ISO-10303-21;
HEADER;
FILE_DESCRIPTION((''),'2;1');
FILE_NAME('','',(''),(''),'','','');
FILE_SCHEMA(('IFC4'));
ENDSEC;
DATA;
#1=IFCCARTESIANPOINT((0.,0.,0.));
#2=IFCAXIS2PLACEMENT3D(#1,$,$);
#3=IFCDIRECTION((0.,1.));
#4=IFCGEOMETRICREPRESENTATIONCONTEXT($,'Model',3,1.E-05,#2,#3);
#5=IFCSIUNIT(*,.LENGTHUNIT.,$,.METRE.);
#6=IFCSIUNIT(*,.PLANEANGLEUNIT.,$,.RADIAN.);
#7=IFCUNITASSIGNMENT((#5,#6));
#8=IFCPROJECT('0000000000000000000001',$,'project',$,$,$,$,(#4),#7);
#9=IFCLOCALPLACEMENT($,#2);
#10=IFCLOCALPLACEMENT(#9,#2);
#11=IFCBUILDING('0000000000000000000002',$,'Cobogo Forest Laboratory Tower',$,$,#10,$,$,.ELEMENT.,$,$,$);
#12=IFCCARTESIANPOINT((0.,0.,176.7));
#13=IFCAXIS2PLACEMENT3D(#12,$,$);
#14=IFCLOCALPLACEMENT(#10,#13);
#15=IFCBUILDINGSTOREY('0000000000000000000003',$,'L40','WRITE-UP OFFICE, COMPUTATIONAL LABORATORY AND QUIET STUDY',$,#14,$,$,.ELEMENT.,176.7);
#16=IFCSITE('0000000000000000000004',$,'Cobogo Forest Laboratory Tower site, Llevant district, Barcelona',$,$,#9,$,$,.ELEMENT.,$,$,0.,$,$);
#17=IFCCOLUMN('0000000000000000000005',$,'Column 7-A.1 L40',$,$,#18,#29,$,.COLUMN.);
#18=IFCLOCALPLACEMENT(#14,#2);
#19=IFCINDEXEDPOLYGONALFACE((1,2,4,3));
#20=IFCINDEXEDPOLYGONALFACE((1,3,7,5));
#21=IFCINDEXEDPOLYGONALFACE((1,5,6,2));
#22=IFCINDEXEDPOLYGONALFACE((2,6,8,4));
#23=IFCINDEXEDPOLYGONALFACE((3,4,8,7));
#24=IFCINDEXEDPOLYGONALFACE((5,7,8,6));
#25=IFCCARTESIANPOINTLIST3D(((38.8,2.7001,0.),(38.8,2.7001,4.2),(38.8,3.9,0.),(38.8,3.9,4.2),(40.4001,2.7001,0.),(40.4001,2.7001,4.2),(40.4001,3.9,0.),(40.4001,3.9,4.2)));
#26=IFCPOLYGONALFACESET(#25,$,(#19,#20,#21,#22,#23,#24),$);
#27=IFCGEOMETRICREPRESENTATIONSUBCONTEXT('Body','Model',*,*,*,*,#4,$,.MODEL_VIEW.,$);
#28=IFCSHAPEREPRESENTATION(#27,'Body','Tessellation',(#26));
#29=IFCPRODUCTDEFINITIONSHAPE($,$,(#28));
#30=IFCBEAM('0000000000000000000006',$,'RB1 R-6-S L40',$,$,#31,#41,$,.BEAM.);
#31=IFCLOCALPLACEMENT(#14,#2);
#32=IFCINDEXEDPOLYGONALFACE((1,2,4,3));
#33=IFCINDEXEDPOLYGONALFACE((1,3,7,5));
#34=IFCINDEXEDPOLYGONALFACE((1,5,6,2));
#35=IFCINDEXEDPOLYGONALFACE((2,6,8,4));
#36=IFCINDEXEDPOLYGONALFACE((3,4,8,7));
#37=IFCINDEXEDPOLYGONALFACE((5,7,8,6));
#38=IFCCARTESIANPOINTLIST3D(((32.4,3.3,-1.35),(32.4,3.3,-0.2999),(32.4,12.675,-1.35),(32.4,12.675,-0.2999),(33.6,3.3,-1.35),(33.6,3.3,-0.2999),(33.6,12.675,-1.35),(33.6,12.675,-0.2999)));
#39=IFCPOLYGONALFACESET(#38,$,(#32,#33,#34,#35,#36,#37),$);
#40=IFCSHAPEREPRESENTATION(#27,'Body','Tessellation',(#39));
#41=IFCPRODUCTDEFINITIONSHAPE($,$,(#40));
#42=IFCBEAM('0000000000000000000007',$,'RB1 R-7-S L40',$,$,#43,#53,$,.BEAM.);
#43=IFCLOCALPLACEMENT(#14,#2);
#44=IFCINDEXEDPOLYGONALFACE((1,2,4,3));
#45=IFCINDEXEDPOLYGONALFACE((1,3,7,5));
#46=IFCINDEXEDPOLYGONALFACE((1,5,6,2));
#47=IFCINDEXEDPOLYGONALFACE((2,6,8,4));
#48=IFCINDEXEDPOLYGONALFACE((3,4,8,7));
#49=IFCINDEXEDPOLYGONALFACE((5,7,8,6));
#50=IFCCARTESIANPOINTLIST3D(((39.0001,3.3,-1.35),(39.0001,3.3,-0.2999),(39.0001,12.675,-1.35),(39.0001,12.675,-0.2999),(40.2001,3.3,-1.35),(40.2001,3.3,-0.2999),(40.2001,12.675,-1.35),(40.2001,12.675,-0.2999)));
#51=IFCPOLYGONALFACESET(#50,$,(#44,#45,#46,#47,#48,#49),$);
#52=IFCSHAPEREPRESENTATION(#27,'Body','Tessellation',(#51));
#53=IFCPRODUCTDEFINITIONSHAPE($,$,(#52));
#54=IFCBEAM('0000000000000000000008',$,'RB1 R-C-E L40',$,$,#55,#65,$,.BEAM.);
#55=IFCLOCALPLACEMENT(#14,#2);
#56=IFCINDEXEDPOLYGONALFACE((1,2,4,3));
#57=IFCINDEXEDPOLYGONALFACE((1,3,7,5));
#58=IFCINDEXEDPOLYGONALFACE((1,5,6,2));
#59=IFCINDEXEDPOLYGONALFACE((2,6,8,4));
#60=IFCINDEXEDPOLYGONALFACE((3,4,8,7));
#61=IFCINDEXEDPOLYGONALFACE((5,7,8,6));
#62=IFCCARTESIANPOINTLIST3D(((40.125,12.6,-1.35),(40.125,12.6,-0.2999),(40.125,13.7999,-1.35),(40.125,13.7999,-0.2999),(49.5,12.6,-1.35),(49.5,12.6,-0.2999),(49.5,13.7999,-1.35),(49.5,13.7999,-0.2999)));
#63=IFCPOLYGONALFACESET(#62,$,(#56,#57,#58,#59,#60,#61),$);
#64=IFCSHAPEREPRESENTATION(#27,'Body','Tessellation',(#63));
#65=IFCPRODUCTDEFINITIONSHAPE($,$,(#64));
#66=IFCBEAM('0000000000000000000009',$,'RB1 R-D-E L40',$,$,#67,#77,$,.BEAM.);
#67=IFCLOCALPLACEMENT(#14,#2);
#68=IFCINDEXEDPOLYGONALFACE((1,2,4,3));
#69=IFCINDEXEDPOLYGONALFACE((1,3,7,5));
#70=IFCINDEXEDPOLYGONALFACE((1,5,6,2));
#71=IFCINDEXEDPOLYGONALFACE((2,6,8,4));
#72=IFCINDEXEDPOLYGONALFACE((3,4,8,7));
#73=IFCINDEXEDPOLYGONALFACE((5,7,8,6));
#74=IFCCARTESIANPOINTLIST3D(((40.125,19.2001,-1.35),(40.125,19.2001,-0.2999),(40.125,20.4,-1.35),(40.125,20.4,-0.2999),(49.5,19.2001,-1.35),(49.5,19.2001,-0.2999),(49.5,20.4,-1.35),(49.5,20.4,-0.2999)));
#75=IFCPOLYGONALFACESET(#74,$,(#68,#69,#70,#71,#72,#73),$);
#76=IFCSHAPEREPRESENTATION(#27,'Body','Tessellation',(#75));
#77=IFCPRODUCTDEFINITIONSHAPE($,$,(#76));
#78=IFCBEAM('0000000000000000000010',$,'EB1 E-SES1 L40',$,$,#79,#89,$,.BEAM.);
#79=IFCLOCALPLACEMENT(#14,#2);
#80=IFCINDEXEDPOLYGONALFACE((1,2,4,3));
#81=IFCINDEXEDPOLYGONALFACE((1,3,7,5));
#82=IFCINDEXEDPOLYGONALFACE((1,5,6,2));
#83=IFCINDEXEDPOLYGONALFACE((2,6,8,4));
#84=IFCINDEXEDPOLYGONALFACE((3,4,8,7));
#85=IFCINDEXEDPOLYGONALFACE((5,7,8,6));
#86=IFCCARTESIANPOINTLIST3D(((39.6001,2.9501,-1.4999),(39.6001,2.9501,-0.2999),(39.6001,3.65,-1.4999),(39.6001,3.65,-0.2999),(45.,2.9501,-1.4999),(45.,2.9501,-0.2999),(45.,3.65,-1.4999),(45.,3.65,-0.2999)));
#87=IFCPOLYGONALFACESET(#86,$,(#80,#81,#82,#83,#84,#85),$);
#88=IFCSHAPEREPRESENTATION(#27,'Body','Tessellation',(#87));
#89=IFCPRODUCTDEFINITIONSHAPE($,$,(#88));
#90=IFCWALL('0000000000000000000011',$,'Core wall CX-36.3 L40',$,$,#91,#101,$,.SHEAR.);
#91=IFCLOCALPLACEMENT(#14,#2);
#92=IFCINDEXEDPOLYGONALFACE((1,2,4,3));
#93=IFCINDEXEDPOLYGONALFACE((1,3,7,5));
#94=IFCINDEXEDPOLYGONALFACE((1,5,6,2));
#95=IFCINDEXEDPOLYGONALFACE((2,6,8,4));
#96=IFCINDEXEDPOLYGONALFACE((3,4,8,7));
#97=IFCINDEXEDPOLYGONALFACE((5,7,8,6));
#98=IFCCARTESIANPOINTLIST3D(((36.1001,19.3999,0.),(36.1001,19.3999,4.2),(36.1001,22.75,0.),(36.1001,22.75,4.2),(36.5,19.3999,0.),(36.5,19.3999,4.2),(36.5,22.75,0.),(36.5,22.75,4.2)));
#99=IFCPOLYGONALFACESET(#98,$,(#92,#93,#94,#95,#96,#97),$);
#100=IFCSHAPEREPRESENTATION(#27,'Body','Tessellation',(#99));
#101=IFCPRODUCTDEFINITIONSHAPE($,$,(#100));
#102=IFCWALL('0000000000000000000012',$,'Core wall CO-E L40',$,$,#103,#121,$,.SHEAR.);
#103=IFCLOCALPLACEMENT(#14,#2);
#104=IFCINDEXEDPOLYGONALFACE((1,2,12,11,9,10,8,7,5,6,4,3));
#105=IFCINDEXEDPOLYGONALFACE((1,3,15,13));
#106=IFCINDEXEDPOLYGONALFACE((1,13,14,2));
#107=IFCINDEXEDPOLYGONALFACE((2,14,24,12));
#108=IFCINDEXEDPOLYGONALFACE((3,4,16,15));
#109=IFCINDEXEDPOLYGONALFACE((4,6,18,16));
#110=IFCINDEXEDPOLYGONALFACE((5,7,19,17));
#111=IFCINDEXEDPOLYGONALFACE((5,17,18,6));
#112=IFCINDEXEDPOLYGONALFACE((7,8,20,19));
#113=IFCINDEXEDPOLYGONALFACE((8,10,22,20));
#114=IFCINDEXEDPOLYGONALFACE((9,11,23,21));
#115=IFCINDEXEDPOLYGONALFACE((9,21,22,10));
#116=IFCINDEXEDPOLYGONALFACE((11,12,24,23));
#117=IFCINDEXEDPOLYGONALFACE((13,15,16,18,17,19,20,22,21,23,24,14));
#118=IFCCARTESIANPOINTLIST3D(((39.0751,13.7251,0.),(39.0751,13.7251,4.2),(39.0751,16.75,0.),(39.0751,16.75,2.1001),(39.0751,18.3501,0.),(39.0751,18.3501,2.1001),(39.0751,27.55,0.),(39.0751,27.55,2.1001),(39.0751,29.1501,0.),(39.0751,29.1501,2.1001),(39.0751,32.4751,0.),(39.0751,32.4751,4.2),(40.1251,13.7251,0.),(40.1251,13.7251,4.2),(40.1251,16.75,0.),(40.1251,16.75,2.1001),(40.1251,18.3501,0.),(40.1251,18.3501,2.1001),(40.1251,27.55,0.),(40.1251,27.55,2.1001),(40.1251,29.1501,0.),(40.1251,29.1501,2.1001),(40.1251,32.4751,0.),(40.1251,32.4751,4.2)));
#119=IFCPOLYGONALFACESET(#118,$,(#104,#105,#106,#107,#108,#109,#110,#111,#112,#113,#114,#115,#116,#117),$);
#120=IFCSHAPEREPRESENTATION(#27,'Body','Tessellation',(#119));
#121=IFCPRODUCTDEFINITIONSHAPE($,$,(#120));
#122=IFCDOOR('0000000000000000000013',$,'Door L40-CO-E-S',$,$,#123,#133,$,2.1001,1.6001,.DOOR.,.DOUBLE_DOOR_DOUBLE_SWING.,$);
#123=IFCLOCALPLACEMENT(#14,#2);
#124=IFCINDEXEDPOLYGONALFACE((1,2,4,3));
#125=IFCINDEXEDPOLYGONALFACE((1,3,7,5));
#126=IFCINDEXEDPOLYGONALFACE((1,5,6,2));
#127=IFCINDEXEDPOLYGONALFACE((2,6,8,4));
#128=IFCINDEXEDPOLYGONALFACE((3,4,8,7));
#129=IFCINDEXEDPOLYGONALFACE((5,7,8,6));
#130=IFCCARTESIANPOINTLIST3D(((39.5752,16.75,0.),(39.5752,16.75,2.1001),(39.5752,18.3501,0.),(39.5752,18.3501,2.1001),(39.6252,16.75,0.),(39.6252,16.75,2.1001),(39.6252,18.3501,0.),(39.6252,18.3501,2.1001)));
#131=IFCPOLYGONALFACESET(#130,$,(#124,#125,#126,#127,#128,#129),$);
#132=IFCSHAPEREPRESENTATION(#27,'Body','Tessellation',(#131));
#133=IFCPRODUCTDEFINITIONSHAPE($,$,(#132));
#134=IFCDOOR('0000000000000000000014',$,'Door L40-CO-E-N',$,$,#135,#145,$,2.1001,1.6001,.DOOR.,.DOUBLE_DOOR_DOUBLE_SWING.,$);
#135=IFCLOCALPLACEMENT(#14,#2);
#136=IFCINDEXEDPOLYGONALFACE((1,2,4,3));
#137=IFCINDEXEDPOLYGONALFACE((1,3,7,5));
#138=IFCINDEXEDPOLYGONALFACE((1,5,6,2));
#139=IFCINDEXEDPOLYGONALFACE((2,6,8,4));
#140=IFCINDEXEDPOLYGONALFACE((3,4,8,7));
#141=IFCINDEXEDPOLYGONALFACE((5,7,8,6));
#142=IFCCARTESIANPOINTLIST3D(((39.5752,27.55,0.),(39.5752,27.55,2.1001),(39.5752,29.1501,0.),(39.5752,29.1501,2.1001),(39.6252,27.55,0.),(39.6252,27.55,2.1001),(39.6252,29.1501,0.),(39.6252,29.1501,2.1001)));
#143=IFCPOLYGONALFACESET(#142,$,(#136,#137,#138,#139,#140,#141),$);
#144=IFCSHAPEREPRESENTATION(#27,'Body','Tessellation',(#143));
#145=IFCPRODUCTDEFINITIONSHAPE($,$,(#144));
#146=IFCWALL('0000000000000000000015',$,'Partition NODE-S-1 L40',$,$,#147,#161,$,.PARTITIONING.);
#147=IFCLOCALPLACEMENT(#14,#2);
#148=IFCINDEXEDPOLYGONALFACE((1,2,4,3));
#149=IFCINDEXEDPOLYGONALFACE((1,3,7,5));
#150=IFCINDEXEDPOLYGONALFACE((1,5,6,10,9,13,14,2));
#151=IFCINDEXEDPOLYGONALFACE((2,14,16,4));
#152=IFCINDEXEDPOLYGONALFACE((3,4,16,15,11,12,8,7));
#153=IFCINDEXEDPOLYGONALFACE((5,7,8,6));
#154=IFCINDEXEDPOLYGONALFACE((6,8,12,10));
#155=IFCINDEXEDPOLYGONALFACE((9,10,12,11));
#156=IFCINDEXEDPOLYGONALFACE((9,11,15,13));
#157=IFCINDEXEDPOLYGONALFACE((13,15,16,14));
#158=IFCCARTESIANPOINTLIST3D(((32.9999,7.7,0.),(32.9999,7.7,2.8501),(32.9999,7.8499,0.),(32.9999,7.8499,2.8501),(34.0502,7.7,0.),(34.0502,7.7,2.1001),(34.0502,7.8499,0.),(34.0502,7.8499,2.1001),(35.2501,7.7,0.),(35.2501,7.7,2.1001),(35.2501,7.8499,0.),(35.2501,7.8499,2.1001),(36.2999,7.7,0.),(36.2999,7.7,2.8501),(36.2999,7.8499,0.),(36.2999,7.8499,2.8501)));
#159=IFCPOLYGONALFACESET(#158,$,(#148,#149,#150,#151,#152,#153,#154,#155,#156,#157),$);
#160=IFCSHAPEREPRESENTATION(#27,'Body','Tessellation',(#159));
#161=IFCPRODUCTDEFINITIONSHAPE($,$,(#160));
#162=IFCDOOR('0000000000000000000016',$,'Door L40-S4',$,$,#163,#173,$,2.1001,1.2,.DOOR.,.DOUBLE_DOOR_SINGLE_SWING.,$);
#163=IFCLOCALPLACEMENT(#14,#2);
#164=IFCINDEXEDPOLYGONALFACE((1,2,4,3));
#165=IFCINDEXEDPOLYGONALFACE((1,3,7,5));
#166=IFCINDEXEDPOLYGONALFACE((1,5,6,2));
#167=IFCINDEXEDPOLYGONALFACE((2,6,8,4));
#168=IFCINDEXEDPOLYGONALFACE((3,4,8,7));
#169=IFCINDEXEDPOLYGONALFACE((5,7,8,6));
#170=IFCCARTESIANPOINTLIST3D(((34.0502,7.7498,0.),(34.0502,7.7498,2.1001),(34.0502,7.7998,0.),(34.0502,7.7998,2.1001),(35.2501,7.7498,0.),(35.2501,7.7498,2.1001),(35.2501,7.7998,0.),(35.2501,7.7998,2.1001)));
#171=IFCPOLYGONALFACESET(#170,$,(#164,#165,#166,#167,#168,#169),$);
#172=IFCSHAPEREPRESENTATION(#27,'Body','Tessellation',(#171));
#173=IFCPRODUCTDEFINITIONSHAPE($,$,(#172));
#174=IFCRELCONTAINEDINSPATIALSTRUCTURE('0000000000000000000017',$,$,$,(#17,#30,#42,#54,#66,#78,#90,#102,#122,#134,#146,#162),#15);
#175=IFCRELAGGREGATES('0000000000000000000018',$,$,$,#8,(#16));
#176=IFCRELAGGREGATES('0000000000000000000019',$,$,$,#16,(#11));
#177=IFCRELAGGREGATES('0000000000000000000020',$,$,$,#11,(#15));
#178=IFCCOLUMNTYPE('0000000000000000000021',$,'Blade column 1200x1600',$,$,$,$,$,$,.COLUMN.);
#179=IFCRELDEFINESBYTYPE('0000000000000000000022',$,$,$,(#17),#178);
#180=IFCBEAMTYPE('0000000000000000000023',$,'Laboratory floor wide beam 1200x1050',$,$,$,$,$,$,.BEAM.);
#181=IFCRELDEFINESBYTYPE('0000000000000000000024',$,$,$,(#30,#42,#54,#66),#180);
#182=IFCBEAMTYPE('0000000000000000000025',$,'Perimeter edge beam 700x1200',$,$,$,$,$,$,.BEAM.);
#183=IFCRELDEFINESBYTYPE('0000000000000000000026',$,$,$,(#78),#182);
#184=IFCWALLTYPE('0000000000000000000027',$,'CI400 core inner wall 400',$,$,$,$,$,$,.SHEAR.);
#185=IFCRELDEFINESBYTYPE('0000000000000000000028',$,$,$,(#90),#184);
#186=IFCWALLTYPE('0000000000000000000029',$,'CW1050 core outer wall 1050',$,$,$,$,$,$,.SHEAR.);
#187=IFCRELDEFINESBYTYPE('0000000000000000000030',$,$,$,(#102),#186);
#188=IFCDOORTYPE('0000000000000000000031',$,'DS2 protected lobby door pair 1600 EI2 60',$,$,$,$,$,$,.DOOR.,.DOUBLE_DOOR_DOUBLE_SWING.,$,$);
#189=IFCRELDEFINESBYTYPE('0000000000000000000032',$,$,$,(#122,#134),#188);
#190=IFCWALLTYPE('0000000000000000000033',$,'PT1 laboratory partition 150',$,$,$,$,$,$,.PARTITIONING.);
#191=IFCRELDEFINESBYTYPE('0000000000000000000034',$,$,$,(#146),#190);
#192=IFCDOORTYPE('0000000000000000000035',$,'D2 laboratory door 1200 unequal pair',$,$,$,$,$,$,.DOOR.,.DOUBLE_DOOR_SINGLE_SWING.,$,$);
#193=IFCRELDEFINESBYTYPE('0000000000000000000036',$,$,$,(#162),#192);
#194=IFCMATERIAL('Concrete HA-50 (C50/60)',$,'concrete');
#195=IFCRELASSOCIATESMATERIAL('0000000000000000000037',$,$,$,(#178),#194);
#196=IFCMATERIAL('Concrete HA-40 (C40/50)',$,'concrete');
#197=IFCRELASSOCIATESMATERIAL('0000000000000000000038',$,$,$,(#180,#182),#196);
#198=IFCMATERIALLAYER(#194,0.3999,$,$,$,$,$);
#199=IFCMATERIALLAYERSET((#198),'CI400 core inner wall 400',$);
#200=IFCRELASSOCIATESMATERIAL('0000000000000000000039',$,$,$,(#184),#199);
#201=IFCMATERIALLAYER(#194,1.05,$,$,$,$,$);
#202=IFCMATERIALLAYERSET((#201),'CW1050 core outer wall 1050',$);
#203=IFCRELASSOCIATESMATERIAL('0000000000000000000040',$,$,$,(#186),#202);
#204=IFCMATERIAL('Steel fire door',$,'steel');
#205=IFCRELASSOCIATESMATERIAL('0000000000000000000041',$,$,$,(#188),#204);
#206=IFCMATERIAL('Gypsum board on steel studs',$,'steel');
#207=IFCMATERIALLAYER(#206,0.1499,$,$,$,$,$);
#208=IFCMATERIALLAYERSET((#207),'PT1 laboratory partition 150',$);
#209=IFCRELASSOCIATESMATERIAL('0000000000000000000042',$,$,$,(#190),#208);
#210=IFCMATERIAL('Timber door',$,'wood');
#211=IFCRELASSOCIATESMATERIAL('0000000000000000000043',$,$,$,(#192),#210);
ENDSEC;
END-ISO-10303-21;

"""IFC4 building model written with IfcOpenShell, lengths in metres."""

from ifc_helpers import new_model, si_unit, direction, frame, frame_2d, origin, origin_2d, place, context, subcontext, project, spatial, rectangle, extrude, material, layer, layer_set, material_profile, profile_set, type_object, element, fill, save


model = new_model("IFC4")

# Units and contexts
model_context = context("Model", 3, precision=1e-05, world=origin(), true_north=direction((0.0, 1.0)))
body_context = subcontext(model_context, "Body", "Model", "MODEL_VIEW")
ifc_project = project(units=[si_unit("LENGTHUNIT", "METRE"), si_unit("PLANEANGLEUNIT", "RADIAN")], contexts=[model_context])

# Site, building, storey
site_placement = place(None, origin())
site = spatial("IfcSite", under=ifc_project, at=site_placement, Name="Cobogo Forest Laboratory Tower site, Llevant district, Barcelona", CompositionType="ELEMENT", RefElevation=0.0)
building_placement = place(site_placement, origin())
building = spatial("IfcBuilding", under=site, at=building_placement, Name="Cobogo Forest Laboratory Tower", CompositionType="ELEMENT")
storey_placement = place(building_placement, frame((0.0, 0.0, 176.7)))
storey = spatial("IfcBuildingStorey", under=building, at=storey_placement, Name="L40", Description="WRITE-UP OFFICE, COMPUTATIONAL LABORATORY AND QUIET STUDY", CompositionType="ELEMENT", Elevation=176.7)

# Column
ifc_material_1 = material(Name="Concrete HA-50 (C50/60)", Category="concrete")
ifc_material_profile_1 = material_profile(ifc_material_1, rectangle(XDim=1.6001, YDim=1.2, at=origin_2d()), Name="RC 1200x1600")
ifc_profile_set_1 = profile_set([ifc_material_profile_1], Name="Concrete HA-50 (C50/60)")
column_type = type_object("IfcColumnType", Name="Blade column 1200x1600", PredefinedType="COLUMN", material=ifc_profile_set_1)
column_placement = place(storey_placement, frame((39.6001, 3.3, 0.0), z_axis=(0.0, 0.0, 1.0), x_axis=(1.0, 0.0, 0.0)))
element("IfcColumn", 1, at=column_placement, inside=storey, type_object=column_type, Name="Column 7-A.1 L40", PredefinedType="COLUMN", context=body_context, shape_type="SweptSolid", body=[
    extrude(rectangle(XDim=1.6001, YDim=1.2, at=origin_2d()), origin(), (0.0, 0.0, 1.0), 4.2),
])

# Beams
ifc_material_2 = material(Name="Concrete HA-40 (C40/50)", Category="concrete")
ifc_material_profile_2 = material_profile(ifc_material_2, rectangle(XDim=1.2, YDim=1.05, at=origin_2d()), Name="RC 1200x1050")
ifc_profile_set_2 = profile_set([ifc_material_profile_2], Name="Concrete HA-40 (C40/50)")
beam_type_1 = type_object("IfcBeamType", Name="Laboratory floor wide beam 1200x1050", PredefinedType="BEAM", material=ifc_profile_set_2)
for number, where, z_axis, x_axis, name in (
    (2, (33.0, 12.675, -0.825), (0.0, -1.0, 0.0), (1.0, 0.0, 0.0), "RB1 R-6-S L40"),
    (3, (39.6001, 12.675, -0.825), (0.0, -1.0, 0.0), (1.0, 0.0, 0.0), "RB1 R-7-S L40"),
    (4, (40.125, 13.2, -0.825), (1.0, 0.0, 0.0), (0.0, 1.0, 0.0), "RB1 R-C-E L40"),
    (5, (40.125, 19.8, -0.825), (1.0, 0.0, 0.0), (0.0, 1.0, 0.0), "RB1 R-D-E L40"),
):
    element("IfcBeam", number, at=place(storey_placement, frame(where, z_axis=z_axis, x_axis=x_axis)), inside=storey, type_object=beam_type_1, Name=name, PredefinedType="BEAM", context=body_context, shape_type="SweptSolid", body=[
        extrude(rectangle(XDim=1.2, YDim=1.05, at=origin_2d()), origin(), (0.0, 0.0, 1.0), 9.375),
    ])
ifc_material_profile_3 = material_profile(ifc_material_2, rectangle(XDim=0.7, YDim=1.2, at=origin_2d()), Name="RC 700x1200")
ifc_profile_set_3 = profile_set([ifc_material_profile_3], Name="Concrete HA-40 (C40/50)")
beam_type_2 = type_object("IfcBeamType", Name="Perimeter edge beam 700x1200", PredefinedType="BEAM", material=ifc_profile_set_3)
beam_placement = place(storey_placement, frame((39.6001, 3.3, -0.8999), z_axis=(1.0, 0.0, 0.0), x_axis=(0.0, 1.0, 0.0)))
element("IfcBeam", 6, at=beam_placement, inside=storey, type_object=beam_type_2, Name="EB1 E-SES1 L40", PredefinedType="BEAM", context=body_context, shape_type="SweptSolid", body=[
    extrude(rectangle(XDim=0.7, YDim=1.2, at=origin_2d()), origin(), (0.0, 0.0, 1.0), 5.3999),
])

# Wall
ifc_layer_1 = layer(ifc_material_1, 0.3999)
ifc_layer_set_1 = layer_set([ifc_layer_1], Name="CI400 core inner wall 400")
wall_type_1 = type_object("IfcWallType", Name="CI400 core inner wall 400", PredefinedType="SHEAR", material=ifc_layer_set_1)
wall_1_placement = place(storey_placement, frame((36.3, 19.3999, 0.0), z_axis=(0.0, 0.0, 1.0), x_axis=(0.0, 1.0, 0.0)))
element("IfcWall", 7, at=wall_1_placement, inside=storey, type_object=wall_type_1, Name="Core wall CX-36.3 L40", PredefinedType="SHEAR", context=body_context, shape_type="SweptSolid", body=[
    extrude(rectangle(XDim=3.3501, YDim=0.3999, at=frame_2d((1.675, 0.0))), origin(), (0.0, 0.0, 1.0), 4.2),
])

# Wall, openings, doors
ifc_layer_2 = layer(ifc_material_1, 1.05)
ifc_layer_set_2 = layer_set([ifc_layer_2], Name="CW1050 core outer wall 1050")
wall_type_2 = type_object("IfcWallType", Name="CW1050 core outer wall 1050", PredefinedType="SHEAR", material=ifc_layer_set_2)
wall_2_placement = place(storey_placement, frame((39.6001, 13.7251, 0.0), z_axis=(0.0, 0.0, 1.0), x_axis=(0.0, 1.0, 0.0)))
wall_2 = element("IfcWall", 8, at=wall_2_placement, inside=storey, type_object=wall_type_2, Name="Core wall CO-E L40", PredefinedType="SHEAR", context=body_context, shape_type="SweptSolid", body=[
    extrude(rectangle(XDim=18.75, YDim=1.05, at=frame_2d((9.375, 0.0))), origin(), (0.0, 0.0, 1.0), 4.2),
])
opening_1_placement = place(wall_2_placement, frame((3.0249, 0.0, 0.0)))
opening_1 = element("IfcOpeningElement", 9, at=opening_1_placement, cuts=wall_2, PredefinedType="OPENING", context=body_context, shape_type="SweptSolid", body=[
    extrude(rectangle(XDim=1.6001, YDim=2.1001, at=frame_2d((0.8, 1.05))), frame((0.0, 0.5349, 0.0), z_axis=(0.0, -1.0, 0.0), x_axis=(1.0, 0.0, 0.0)), (0.0, 0.0, 1.0), 1.0701),
])
opening_2_placement = place(wall_2_placement, frame((13.825, 0.0, 0.0)))
opening_2 = element("IfcOpeningElement", 10, at=opening_2_placement, cuts=wall_2, PredefinedType="OPENING", context=body_context, shape_type="SweptSolid", body=[
    extrude(rectangle(XDim=1.6001, YDim=2.1001, at=frame_2d((0.8, 1.05))), frame((0.0, 0.5349, 0.0), z_axis=(0.0, -1.0, 0.0), x_axis=(1.0, 0.0, 0.0)), (0.0, 0.0, 1.0), 1.0701),
])
ifc_material_3 = material(Name="Steel fire door", Category="steel")
door_type_1 = type_object("IfcDoorType", Name="DS2 protected lobby door pair 1600 EI2 60", OperationType="DOUBLE_DOOR_DOUBLE_SWING", PredefinedType="DOOR", material=ifc_material_3)
door_1_placement = place(opening_1_placement, origin())
door_1 = element("IfcDoor", 11, at=door_1_placement, inside=storey, type_object=door_type_1, Name="Door L40-CO-E-S", OperationType="DOUBLE_DOOR_DOUBLE_SWING", OverallHeight=2.1001, OverallWidth=1.6001, PredefinedType="DOOR", context=body_context, shape_type="SweptSolid", body=[
    extrude(rectangle(XDim=1.6001, YDim=2.1001, at=frame_2d((0.8, 1.05))), frame((0.0, 0.0249, 0.0), z_axis=(0.0, -1.0, 0.0), x_axis=(1.0, 0.0, 0.0)), (0.0, 0.0, 1.0), 0.05),
])
fill(opening_1, door_1)
door_2_placement = place(opening_2_placement, origin())
door_2 = element("IfcDoor", 12, at=door_2_placement, inside=storey, type_object=door_type_1, Name="Door L40-CO-E-N", OperationType="DOUBLE_DOOR_DOUBLE_SWING", OverallHeight=2.1001, OverallWidth=1.6001, PredefinedType="DOOR", context=body_context, shape_type="SweptSolid", body=[
    extrude(rectangle(XDim=1.6001, YDim=2.1001, at=frame_2d((0.8, 1.05))), frame((0.0, 0.0249, 0.0), z_axis=(0.0, -1.0, 0.0), x_axis=(1.0, 0.0, 0.0)), (0.0, 0.0, 1.0), 0.05),
])
fill(opening_2, door_2)

# Wall, opening, door
ifc_material_4 = material(Name="Gypsum board on steel studs", Category="steel")
ifc_layer_3 = layer(ifc_material_4, 0.1499)
ifc_layer_set_3 = layer_set([ifc_layer_3], Name="PT1 laboratory partition 150")
wall_type_3 = type_object("IfcWallType", Name="PT1 laboratory partition 150", PredefinedType="PARTITIONING", material=ifc_layer_set_3)
wall_3_placement = place(storey_placement, frame((33.0, 7.7749, 0.0), z_axis=(0.0, 0.0, 1.0), x_axis=(1.0, 0.0, 0.0)))
wall_3 = element("IfcWall", 13, at=wall_3_placement, inside=storey, type_object=wall_type_3, Name="Partition NODE-S-1 L40", PredefinedType="PARTITIONING", context=body_context, shape_type="SweptSolid", body=[
    extrude(rectangle(XDim=3.3, YDim=0.1499, at=frame_2d((1.6499, 0.0))), origin(), (0.0, 0.0, 1.0), 2.8501),
])
opening_3_placement = place(wall_3_placement, frame((1.05, 0.0, 0.0)))
opening_3 = element("IfcOpeningElement", 14, at=opening_3_placement, cuts=wall_3, PredefinedType="OPENING", context=body_context, shape_type="SweptSolid", body=[
    extrude(rectangle(XDim=1.2, YDim=2.1001, at=frame_2d((0.6001, 1.05))), frame((0.0, 0.085, 0.0), z_axis=(0.0, -1.0, 0.0), x_axis=(1.0, 0.0, 0.0)), (0.0, 0.0, 1.0), 0.1699),
])
ifc_material_5 = material(Name="Timber door", Category="wood")
door_type_2 = type_object("IfcDoorType", Name="D2 laboratory door 1200 unequal pair", OperationType="DOUBLE_DOOR_SINGLE_SWING", PredefinedType="DOOR", material=ifc_material_5)
door_3_placement = place(opening_3_placement, origin())
door_3 = element("IfcDoor", 15, at=door_3_placement, inside=storey, type_object=door_type_2, Name="Door L40-S4", OperationType="DOUBLE_DOOR_SINGLE_SWING", OverallHeight=2.1001, OverallWidth=1.2, PredefinedType="DOOR", context=body_context, shape_type="SweptSolid", body=[
    extrude(rectangle(XDim=1.2, YDim=2.1001, at=frame_2d((0.6001, 1.05))), frame((0.0, 0.0249, 0.0), z_axis=(0.0, -1.0, 0.0), x_axis=(1.0, 0.0, 0.0)), (0.0, 0.0, 1.0), 0.05),
])
fill(opening_3, door_3)

save(model, "model.ifc")
